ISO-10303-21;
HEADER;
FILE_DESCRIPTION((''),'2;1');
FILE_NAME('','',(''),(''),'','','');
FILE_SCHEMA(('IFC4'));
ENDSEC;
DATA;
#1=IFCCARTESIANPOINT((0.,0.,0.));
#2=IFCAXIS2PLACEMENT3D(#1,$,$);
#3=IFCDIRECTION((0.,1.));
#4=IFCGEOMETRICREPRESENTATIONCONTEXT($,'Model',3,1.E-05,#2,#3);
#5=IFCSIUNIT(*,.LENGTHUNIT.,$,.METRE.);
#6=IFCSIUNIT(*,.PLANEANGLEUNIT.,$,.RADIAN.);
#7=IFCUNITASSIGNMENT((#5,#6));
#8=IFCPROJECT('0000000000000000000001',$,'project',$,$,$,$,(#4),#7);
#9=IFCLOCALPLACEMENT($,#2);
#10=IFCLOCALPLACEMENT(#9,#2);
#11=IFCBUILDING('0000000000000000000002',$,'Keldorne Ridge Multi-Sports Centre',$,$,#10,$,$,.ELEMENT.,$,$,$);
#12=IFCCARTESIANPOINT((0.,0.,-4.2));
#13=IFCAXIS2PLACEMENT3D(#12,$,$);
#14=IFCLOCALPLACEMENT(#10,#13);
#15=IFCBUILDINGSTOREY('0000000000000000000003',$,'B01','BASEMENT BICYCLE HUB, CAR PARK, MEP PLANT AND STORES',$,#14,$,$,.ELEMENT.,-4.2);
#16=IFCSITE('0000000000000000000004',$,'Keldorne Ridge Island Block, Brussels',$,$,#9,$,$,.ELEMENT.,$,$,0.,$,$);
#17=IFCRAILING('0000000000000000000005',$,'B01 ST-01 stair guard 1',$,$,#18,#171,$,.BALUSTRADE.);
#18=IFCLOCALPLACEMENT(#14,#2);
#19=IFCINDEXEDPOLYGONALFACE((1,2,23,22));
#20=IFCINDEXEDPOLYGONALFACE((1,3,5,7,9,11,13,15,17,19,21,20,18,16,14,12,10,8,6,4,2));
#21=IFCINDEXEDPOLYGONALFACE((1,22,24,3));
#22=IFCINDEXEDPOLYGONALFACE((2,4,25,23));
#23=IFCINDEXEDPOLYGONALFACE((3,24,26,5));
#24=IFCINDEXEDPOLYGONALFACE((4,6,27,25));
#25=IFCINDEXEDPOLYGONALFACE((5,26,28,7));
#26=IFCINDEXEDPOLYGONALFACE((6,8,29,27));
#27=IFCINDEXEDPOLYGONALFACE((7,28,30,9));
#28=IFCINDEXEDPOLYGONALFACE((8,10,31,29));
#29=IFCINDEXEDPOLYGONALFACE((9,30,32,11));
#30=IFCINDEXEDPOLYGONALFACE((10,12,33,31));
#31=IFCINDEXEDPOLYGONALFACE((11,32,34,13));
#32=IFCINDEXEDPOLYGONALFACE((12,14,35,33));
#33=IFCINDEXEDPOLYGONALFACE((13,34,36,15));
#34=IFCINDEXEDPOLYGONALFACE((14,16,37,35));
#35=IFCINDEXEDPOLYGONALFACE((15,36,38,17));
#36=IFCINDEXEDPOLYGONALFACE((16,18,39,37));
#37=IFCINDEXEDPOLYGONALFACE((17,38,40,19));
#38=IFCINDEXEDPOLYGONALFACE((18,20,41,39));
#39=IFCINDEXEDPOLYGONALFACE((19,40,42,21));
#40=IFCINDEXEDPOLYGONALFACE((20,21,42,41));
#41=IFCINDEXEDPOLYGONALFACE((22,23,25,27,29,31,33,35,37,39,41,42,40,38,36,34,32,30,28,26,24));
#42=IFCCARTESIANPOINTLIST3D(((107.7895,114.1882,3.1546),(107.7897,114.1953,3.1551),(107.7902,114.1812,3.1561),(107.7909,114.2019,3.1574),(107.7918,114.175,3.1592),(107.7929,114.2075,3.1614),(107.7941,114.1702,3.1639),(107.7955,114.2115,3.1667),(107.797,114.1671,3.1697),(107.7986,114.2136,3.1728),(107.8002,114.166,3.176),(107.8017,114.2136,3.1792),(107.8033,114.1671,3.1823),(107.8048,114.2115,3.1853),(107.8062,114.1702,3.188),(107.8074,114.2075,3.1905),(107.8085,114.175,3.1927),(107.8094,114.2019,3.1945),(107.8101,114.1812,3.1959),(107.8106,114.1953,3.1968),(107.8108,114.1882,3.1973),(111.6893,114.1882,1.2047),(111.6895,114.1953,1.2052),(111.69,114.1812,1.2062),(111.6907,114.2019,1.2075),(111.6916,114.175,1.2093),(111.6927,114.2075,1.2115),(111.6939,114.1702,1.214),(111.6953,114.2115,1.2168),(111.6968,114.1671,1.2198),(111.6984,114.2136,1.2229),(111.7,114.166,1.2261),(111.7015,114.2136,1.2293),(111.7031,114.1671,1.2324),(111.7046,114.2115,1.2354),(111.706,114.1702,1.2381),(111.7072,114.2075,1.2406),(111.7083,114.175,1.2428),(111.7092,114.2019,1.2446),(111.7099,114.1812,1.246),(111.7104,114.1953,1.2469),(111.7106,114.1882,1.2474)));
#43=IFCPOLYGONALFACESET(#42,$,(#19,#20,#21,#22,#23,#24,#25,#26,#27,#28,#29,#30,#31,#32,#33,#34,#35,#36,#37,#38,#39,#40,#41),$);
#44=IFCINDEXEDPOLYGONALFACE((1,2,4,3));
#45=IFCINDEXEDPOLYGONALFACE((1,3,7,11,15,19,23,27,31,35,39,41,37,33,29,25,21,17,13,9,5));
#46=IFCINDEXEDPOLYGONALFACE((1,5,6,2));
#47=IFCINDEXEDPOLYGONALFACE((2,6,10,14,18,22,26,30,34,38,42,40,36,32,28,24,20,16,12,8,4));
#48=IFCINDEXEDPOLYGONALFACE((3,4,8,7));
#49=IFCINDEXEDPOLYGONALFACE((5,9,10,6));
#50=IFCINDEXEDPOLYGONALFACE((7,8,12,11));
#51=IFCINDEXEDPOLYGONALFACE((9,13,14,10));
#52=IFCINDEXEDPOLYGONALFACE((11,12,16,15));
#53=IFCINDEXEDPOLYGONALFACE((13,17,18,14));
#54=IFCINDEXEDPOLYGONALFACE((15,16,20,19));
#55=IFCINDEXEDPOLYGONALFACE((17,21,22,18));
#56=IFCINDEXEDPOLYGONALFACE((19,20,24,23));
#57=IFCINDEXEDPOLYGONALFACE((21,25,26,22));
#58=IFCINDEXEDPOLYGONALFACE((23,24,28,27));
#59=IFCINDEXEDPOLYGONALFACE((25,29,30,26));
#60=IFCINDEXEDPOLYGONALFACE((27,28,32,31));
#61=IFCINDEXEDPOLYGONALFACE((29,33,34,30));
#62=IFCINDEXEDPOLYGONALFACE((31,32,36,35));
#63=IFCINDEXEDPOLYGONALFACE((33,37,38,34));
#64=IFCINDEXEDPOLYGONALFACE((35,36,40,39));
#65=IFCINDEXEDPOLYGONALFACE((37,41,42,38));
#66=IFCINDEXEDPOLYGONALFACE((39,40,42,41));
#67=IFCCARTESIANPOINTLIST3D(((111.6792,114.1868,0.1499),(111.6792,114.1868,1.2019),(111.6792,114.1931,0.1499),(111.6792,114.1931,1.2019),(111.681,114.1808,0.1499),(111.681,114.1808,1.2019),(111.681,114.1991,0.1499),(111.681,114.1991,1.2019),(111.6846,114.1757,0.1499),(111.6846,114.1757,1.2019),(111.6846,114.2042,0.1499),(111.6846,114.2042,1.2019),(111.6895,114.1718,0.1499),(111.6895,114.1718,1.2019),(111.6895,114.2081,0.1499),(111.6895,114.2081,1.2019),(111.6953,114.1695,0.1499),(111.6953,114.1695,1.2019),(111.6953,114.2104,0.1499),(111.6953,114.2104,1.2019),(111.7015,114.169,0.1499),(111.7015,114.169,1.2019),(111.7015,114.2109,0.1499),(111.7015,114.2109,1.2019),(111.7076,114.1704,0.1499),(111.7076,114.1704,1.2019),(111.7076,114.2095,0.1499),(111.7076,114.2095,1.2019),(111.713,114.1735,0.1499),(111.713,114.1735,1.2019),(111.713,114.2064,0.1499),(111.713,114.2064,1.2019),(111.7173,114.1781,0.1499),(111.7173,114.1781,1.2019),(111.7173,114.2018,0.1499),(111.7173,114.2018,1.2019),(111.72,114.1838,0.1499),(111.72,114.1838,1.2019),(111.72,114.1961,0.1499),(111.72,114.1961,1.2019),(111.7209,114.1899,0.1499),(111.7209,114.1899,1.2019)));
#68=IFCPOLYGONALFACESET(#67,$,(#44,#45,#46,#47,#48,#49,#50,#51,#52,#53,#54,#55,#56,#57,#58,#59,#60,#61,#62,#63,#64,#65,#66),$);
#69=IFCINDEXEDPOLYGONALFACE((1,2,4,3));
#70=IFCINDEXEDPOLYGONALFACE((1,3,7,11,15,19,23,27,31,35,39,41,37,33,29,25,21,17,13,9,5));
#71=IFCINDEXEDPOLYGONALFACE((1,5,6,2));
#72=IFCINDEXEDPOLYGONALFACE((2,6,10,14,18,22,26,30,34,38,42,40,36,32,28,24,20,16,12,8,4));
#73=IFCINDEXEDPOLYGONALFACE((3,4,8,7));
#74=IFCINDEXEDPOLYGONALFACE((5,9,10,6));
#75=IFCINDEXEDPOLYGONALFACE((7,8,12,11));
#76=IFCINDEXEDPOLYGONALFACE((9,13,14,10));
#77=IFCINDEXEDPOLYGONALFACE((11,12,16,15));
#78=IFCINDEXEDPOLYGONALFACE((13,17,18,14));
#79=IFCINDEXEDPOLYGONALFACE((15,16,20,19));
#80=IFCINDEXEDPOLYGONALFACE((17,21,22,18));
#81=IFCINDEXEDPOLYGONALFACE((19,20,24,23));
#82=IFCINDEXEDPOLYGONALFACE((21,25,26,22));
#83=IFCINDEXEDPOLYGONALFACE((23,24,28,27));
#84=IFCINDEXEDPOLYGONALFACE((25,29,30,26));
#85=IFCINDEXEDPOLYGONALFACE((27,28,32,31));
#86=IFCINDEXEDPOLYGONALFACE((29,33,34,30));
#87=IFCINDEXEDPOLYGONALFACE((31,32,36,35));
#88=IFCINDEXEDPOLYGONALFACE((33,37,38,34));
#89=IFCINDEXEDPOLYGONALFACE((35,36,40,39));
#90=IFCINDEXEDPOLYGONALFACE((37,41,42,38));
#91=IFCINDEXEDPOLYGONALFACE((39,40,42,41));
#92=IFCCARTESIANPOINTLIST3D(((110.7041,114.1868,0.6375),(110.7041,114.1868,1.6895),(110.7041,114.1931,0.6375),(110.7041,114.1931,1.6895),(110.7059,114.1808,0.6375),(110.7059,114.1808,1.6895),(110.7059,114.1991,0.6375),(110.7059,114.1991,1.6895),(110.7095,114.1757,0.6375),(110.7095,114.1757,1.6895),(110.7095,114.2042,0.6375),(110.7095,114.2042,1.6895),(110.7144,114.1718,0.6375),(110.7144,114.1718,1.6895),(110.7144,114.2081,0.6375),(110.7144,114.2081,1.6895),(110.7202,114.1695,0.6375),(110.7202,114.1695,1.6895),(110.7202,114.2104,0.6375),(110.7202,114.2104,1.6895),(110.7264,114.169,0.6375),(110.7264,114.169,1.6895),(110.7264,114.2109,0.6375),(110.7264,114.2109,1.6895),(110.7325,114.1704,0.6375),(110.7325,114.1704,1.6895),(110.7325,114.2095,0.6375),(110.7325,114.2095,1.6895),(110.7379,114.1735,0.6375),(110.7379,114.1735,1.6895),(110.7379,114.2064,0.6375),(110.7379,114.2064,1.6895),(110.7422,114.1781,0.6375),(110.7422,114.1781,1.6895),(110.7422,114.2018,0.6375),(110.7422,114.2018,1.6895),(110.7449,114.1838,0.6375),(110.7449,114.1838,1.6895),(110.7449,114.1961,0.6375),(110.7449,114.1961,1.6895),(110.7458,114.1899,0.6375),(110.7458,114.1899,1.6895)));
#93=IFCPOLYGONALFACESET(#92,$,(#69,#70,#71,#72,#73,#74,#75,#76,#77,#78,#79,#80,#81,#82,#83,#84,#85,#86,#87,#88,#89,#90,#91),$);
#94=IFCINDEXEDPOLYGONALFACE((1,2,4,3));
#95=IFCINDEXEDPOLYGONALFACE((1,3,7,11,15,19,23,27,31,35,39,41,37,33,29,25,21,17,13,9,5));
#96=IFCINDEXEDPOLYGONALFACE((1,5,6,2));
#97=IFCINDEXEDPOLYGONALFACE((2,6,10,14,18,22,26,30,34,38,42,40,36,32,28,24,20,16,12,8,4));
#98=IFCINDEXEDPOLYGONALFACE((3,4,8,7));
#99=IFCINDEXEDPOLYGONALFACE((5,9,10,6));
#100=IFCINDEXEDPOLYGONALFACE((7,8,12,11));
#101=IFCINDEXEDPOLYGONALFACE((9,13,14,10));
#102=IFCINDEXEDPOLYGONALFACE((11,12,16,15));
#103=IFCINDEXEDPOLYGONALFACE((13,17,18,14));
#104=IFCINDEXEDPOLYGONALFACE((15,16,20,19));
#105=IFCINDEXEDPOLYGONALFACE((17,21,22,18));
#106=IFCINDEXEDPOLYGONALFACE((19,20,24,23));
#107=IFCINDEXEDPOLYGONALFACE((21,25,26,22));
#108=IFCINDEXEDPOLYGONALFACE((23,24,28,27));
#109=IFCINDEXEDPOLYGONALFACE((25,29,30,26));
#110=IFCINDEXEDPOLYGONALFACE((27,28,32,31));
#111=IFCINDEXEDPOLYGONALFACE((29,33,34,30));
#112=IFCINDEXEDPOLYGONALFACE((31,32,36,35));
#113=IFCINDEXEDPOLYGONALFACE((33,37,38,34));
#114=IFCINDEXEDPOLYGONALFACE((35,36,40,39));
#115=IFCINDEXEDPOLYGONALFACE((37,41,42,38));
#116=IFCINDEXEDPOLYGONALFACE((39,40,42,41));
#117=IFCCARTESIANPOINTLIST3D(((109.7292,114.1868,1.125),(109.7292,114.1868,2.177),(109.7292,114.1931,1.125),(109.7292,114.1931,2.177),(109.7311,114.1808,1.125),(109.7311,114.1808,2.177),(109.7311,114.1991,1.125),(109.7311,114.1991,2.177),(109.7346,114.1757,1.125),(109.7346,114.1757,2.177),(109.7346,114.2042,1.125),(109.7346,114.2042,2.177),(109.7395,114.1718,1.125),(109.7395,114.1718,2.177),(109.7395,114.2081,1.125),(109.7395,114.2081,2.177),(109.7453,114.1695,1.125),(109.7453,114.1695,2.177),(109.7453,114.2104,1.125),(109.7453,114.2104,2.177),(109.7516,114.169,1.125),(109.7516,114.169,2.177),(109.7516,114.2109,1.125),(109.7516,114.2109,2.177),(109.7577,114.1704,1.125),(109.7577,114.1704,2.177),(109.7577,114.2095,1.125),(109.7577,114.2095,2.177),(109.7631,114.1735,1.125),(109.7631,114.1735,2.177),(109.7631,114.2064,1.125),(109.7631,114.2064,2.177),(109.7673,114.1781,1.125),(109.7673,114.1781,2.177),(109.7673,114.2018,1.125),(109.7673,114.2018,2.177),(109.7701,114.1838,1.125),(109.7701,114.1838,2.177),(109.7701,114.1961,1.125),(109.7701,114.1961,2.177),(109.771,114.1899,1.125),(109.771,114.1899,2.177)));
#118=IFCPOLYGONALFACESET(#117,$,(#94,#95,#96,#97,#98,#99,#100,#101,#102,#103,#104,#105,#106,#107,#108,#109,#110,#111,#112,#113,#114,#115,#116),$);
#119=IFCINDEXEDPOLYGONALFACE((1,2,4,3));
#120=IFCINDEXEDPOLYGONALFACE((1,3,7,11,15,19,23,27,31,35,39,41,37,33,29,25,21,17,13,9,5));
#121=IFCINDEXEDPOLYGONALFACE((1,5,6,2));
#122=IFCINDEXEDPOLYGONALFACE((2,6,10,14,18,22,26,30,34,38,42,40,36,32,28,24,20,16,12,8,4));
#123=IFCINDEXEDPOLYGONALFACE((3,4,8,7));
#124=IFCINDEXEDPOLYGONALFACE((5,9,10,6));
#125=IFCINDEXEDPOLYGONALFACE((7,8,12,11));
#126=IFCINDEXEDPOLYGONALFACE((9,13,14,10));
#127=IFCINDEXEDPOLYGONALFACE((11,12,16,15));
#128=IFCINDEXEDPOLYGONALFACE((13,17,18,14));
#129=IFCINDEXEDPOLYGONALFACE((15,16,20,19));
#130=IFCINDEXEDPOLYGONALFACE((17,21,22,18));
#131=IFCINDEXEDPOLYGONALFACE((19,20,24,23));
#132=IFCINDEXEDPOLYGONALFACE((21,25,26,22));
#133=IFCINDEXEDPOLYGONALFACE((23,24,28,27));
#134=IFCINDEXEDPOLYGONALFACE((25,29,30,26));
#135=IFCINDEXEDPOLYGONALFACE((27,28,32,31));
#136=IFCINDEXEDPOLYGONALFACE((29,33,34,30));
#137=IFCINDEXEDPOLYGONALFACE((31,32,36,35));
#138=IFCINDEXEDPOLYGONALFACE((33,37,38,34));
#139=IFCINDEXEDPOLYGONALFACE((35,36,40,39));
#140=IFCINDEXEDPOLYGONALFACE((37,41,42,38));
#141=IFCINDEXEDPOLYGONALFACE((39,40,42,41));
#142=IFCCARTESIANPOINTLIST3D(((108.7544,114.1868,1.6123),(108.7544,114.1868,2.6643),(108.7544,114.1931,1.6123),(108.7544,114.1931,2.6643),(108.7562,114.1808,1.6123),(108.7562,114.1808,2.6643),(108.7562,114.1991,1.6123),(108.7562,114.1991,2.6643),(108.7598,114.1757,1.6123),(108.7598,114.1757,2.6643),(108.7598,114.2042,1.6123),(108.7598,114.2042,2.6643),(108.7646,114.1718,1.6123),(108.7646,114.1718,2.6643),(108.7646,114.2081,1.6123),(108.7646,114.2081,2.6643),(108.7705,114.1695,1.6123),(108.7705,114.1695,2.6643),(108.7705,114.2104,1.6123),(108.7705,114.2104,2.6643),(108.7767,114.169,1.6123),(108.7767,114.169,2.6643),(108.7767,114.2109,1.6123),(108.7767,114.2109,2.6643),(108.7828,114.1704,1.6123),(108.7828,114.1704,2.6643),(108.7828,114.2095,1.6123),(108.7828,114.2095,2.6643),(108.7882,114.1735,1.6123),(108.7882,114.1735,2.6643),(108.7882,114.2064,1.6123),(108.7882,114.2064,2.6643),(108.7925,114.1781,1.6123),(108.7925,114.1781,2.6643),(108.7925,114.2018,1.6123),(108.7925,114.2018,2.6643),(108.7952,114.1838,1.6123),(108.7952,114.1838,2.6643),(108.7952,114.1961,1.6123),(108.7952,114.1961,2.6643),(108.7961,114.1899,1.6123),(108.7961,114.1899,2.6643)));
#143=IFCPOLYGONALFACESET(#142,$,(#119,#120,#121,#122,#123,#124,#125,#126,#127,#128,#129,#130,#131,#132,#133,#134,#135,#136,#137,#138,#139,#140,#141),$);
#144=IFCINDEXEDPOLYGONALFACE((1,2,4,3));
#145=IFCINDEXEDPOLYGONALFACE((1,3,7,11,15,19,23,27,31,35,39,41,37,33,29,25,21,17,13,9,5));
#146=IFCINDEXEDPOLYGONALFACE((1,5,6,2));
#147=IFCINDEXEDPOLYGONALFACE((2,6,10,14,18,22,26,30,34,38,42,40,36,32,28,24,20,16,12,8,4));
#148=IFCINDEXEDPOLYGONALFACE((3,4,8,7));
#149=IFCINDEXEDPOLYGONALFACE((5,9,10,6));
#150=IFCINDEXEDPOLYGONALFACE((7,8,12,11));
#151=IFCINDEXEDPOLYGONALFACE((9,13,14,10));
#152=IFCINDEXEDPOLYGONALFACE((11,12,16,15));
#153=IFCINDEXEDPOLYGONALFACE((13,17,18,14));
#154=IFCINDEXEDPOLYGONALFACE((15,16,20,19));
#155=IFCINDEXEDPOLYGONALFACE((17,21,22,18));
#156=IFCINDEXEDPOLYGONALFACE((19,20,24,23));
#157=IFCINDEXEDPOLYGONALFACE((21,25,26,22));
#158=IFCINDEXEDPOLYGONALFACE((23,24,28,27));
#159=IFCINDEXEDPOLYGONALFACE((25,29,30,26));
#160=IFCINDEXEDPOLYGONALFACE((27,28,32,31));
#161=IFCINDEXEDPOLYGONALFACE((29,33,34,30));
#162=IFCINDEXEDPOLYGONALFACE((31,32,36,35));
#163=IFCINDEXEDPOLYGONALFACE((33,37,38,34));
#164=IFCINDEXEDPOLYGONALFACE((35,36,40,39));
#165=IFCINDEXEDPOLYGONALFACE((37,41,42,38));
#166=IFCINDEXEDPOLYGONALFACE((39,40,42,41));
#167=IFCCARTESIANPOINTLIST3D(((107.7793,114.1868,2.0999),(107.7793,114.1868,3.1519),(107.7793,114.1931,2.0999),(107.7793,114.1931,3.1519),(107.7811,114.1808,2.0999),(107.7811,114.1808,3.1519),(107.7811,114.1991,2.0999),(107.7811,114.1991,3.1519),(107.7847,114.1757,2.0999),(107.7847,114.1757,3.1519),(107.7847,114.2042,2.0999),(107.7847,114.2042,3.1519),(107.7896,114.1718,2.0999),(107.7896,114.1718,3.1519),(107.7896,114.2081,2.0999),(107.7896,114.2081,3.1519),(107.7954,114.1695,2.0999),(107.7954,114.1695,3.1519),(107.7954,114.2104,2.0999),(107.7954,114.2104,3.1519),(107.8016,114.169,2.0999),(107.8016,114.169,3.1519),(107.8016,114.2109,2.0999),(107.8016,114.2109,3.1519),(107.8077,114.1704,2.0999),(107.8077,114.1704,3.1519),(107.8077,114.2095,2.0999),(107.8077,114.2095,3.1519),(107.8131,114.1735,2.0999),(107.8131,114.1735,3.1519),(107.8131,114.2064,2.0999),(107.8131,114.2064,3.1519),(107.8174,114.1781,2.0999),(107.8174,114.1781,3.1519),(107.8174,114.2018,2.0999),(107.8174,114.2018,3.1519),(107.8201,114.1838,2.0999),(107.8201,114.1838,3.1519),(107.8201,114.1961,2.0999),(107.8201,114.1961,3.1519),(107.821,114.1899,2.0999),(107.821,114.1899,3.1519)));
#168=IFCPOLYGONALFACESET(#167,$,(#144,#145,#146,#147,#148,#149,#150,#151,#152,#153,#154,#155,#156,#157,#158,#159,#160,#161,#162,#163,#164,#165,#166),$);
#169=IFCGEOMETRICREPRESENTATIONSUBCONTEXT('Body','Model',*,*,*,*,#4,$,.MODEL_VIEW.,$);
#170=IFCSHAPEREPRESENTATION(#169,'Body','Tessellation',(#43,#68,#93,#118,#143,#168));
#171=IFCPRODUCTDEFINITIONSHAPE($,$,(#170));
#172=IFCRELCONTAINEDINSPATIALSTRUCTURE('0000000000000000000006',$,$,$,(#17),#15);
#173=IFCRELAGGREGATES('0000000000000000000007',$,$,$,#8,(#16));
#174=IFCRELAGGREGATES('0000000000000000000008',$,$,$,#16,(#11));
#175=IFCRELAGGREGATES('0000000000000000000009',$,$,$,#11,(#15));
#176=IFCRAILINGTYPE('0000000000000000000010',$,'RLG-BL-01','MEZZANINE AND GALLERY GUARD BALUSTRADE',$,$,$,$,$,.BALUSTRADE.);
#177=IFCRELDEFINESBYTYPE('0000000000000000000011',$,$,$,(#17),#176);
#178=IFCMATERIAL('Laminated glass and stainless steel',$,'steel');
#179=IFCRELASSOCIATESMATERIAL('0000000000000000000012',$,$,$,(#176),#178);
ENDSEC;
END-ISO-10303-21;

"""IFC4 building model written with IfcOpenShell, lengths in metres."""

from ifc_helpers import new_model, si_unit, direction, frame, origin, origin_2d, place, context, subcontext, project, spatial, circle, extrude, material, type_object, element, save


model = new_model("IFC4")

# Units and contexts
model_context = context("Model", 3, precision=1e-05, world=origin(), true_north=direction((0.0, 1.0)))
body_context = subcontext(model_context, "Body", "Model", "MODEL_VIEW")
ifc_project = project(units=[si_unit("LENGTHUNIT", "METRE"), si_unit("PLANEANGLEUNIT", "RADIAN")], contexts=[model_context])

# Site, building, storey
site_placement = place(None, origin())
site = spatial("IfcSite", under=ifc_project, at=site_placement, Name="Keldorne Ridge Island Block, Brussels", CompositionType="ELEMENT", RefElevation=0.0)
building_placement = place(site_placement, origin())
building = spatial("IfcBuilding", under=site, at=building_placement, Name="Keldorne Ridge Multi-Sports Centre", CompositionType="ELEMENT")
storey_placement = place(building_placement, frame((0.0, 0.0, -4.2)))
storey = spatial("IfcBuildingStorey", under=building, at=storey_placement, Name="B01", Description="BASEMENT BICYCLE HUB, CAR PARK, MEP PLANT AND STORES", CompositionType="ELEMENT", Elevation=-4.2)

# Railing
ifc_material_1 = material(Name="Laminated glass and stainless steel", Category="steel")
railing_type_1 = type_object("IfcRailingType", Name="RLG-BL-01", Description="MEZZANINE AND GALLERY GUARD BALUSTRADE", PredefinedType="BALUSTRADE", material=ifc_material_1)
railing_1_placement = place(storey_placement, frame((111.7, 114.1899, 0.1499)))
element("IfcRailing", 1, at=railing_1_placement, inside=storey, type_object=railing_type_1, Name="B01 ST-01 stair guard 1", PredefinedType="BALUSTRADE", context=body_context, shape_type="SweptSolid", body=[
    extrude(circle(Radius=0.0239, at=origin_2d()), frame((0.0, 0.0, 1.0762), z_axis=(-0.894427, 0.0, 0.447214), x_axis=(0.0, -1.0, 0.0)), (0.0, 0.0, 1.0), 4.3601),
    extrude(circle(Radius=0.021, at=origin_2d()), origin(), (0.0, 0.0, 1.0), 1.052),
    extrude(circle(Radius=0.021, at=origin_2d()), frame((-0.9751, 0.0, 0.4875)), (0.0, 0.0, 1.0), 1.052),
    extrude(circle(Radius=0.021, at=origin_2d()), frame((-1.95, 0.0, 0.9751)), (0.0, 0.0, 1.0), 1.052),
    extrude(circle(Radius=0.021, at=origin_2d()), frame((-2.9248, 0.0, 1.4624)), (0.0, 0.0, 1.0), 1.052),
    extrude(circle(Radius=0.021, at=origin_2d()), frame((-3.8999, 0.0, 1.95)), (0.0, 0.0, 1.0), 1.052),
])

save(model, "model.ifc")
